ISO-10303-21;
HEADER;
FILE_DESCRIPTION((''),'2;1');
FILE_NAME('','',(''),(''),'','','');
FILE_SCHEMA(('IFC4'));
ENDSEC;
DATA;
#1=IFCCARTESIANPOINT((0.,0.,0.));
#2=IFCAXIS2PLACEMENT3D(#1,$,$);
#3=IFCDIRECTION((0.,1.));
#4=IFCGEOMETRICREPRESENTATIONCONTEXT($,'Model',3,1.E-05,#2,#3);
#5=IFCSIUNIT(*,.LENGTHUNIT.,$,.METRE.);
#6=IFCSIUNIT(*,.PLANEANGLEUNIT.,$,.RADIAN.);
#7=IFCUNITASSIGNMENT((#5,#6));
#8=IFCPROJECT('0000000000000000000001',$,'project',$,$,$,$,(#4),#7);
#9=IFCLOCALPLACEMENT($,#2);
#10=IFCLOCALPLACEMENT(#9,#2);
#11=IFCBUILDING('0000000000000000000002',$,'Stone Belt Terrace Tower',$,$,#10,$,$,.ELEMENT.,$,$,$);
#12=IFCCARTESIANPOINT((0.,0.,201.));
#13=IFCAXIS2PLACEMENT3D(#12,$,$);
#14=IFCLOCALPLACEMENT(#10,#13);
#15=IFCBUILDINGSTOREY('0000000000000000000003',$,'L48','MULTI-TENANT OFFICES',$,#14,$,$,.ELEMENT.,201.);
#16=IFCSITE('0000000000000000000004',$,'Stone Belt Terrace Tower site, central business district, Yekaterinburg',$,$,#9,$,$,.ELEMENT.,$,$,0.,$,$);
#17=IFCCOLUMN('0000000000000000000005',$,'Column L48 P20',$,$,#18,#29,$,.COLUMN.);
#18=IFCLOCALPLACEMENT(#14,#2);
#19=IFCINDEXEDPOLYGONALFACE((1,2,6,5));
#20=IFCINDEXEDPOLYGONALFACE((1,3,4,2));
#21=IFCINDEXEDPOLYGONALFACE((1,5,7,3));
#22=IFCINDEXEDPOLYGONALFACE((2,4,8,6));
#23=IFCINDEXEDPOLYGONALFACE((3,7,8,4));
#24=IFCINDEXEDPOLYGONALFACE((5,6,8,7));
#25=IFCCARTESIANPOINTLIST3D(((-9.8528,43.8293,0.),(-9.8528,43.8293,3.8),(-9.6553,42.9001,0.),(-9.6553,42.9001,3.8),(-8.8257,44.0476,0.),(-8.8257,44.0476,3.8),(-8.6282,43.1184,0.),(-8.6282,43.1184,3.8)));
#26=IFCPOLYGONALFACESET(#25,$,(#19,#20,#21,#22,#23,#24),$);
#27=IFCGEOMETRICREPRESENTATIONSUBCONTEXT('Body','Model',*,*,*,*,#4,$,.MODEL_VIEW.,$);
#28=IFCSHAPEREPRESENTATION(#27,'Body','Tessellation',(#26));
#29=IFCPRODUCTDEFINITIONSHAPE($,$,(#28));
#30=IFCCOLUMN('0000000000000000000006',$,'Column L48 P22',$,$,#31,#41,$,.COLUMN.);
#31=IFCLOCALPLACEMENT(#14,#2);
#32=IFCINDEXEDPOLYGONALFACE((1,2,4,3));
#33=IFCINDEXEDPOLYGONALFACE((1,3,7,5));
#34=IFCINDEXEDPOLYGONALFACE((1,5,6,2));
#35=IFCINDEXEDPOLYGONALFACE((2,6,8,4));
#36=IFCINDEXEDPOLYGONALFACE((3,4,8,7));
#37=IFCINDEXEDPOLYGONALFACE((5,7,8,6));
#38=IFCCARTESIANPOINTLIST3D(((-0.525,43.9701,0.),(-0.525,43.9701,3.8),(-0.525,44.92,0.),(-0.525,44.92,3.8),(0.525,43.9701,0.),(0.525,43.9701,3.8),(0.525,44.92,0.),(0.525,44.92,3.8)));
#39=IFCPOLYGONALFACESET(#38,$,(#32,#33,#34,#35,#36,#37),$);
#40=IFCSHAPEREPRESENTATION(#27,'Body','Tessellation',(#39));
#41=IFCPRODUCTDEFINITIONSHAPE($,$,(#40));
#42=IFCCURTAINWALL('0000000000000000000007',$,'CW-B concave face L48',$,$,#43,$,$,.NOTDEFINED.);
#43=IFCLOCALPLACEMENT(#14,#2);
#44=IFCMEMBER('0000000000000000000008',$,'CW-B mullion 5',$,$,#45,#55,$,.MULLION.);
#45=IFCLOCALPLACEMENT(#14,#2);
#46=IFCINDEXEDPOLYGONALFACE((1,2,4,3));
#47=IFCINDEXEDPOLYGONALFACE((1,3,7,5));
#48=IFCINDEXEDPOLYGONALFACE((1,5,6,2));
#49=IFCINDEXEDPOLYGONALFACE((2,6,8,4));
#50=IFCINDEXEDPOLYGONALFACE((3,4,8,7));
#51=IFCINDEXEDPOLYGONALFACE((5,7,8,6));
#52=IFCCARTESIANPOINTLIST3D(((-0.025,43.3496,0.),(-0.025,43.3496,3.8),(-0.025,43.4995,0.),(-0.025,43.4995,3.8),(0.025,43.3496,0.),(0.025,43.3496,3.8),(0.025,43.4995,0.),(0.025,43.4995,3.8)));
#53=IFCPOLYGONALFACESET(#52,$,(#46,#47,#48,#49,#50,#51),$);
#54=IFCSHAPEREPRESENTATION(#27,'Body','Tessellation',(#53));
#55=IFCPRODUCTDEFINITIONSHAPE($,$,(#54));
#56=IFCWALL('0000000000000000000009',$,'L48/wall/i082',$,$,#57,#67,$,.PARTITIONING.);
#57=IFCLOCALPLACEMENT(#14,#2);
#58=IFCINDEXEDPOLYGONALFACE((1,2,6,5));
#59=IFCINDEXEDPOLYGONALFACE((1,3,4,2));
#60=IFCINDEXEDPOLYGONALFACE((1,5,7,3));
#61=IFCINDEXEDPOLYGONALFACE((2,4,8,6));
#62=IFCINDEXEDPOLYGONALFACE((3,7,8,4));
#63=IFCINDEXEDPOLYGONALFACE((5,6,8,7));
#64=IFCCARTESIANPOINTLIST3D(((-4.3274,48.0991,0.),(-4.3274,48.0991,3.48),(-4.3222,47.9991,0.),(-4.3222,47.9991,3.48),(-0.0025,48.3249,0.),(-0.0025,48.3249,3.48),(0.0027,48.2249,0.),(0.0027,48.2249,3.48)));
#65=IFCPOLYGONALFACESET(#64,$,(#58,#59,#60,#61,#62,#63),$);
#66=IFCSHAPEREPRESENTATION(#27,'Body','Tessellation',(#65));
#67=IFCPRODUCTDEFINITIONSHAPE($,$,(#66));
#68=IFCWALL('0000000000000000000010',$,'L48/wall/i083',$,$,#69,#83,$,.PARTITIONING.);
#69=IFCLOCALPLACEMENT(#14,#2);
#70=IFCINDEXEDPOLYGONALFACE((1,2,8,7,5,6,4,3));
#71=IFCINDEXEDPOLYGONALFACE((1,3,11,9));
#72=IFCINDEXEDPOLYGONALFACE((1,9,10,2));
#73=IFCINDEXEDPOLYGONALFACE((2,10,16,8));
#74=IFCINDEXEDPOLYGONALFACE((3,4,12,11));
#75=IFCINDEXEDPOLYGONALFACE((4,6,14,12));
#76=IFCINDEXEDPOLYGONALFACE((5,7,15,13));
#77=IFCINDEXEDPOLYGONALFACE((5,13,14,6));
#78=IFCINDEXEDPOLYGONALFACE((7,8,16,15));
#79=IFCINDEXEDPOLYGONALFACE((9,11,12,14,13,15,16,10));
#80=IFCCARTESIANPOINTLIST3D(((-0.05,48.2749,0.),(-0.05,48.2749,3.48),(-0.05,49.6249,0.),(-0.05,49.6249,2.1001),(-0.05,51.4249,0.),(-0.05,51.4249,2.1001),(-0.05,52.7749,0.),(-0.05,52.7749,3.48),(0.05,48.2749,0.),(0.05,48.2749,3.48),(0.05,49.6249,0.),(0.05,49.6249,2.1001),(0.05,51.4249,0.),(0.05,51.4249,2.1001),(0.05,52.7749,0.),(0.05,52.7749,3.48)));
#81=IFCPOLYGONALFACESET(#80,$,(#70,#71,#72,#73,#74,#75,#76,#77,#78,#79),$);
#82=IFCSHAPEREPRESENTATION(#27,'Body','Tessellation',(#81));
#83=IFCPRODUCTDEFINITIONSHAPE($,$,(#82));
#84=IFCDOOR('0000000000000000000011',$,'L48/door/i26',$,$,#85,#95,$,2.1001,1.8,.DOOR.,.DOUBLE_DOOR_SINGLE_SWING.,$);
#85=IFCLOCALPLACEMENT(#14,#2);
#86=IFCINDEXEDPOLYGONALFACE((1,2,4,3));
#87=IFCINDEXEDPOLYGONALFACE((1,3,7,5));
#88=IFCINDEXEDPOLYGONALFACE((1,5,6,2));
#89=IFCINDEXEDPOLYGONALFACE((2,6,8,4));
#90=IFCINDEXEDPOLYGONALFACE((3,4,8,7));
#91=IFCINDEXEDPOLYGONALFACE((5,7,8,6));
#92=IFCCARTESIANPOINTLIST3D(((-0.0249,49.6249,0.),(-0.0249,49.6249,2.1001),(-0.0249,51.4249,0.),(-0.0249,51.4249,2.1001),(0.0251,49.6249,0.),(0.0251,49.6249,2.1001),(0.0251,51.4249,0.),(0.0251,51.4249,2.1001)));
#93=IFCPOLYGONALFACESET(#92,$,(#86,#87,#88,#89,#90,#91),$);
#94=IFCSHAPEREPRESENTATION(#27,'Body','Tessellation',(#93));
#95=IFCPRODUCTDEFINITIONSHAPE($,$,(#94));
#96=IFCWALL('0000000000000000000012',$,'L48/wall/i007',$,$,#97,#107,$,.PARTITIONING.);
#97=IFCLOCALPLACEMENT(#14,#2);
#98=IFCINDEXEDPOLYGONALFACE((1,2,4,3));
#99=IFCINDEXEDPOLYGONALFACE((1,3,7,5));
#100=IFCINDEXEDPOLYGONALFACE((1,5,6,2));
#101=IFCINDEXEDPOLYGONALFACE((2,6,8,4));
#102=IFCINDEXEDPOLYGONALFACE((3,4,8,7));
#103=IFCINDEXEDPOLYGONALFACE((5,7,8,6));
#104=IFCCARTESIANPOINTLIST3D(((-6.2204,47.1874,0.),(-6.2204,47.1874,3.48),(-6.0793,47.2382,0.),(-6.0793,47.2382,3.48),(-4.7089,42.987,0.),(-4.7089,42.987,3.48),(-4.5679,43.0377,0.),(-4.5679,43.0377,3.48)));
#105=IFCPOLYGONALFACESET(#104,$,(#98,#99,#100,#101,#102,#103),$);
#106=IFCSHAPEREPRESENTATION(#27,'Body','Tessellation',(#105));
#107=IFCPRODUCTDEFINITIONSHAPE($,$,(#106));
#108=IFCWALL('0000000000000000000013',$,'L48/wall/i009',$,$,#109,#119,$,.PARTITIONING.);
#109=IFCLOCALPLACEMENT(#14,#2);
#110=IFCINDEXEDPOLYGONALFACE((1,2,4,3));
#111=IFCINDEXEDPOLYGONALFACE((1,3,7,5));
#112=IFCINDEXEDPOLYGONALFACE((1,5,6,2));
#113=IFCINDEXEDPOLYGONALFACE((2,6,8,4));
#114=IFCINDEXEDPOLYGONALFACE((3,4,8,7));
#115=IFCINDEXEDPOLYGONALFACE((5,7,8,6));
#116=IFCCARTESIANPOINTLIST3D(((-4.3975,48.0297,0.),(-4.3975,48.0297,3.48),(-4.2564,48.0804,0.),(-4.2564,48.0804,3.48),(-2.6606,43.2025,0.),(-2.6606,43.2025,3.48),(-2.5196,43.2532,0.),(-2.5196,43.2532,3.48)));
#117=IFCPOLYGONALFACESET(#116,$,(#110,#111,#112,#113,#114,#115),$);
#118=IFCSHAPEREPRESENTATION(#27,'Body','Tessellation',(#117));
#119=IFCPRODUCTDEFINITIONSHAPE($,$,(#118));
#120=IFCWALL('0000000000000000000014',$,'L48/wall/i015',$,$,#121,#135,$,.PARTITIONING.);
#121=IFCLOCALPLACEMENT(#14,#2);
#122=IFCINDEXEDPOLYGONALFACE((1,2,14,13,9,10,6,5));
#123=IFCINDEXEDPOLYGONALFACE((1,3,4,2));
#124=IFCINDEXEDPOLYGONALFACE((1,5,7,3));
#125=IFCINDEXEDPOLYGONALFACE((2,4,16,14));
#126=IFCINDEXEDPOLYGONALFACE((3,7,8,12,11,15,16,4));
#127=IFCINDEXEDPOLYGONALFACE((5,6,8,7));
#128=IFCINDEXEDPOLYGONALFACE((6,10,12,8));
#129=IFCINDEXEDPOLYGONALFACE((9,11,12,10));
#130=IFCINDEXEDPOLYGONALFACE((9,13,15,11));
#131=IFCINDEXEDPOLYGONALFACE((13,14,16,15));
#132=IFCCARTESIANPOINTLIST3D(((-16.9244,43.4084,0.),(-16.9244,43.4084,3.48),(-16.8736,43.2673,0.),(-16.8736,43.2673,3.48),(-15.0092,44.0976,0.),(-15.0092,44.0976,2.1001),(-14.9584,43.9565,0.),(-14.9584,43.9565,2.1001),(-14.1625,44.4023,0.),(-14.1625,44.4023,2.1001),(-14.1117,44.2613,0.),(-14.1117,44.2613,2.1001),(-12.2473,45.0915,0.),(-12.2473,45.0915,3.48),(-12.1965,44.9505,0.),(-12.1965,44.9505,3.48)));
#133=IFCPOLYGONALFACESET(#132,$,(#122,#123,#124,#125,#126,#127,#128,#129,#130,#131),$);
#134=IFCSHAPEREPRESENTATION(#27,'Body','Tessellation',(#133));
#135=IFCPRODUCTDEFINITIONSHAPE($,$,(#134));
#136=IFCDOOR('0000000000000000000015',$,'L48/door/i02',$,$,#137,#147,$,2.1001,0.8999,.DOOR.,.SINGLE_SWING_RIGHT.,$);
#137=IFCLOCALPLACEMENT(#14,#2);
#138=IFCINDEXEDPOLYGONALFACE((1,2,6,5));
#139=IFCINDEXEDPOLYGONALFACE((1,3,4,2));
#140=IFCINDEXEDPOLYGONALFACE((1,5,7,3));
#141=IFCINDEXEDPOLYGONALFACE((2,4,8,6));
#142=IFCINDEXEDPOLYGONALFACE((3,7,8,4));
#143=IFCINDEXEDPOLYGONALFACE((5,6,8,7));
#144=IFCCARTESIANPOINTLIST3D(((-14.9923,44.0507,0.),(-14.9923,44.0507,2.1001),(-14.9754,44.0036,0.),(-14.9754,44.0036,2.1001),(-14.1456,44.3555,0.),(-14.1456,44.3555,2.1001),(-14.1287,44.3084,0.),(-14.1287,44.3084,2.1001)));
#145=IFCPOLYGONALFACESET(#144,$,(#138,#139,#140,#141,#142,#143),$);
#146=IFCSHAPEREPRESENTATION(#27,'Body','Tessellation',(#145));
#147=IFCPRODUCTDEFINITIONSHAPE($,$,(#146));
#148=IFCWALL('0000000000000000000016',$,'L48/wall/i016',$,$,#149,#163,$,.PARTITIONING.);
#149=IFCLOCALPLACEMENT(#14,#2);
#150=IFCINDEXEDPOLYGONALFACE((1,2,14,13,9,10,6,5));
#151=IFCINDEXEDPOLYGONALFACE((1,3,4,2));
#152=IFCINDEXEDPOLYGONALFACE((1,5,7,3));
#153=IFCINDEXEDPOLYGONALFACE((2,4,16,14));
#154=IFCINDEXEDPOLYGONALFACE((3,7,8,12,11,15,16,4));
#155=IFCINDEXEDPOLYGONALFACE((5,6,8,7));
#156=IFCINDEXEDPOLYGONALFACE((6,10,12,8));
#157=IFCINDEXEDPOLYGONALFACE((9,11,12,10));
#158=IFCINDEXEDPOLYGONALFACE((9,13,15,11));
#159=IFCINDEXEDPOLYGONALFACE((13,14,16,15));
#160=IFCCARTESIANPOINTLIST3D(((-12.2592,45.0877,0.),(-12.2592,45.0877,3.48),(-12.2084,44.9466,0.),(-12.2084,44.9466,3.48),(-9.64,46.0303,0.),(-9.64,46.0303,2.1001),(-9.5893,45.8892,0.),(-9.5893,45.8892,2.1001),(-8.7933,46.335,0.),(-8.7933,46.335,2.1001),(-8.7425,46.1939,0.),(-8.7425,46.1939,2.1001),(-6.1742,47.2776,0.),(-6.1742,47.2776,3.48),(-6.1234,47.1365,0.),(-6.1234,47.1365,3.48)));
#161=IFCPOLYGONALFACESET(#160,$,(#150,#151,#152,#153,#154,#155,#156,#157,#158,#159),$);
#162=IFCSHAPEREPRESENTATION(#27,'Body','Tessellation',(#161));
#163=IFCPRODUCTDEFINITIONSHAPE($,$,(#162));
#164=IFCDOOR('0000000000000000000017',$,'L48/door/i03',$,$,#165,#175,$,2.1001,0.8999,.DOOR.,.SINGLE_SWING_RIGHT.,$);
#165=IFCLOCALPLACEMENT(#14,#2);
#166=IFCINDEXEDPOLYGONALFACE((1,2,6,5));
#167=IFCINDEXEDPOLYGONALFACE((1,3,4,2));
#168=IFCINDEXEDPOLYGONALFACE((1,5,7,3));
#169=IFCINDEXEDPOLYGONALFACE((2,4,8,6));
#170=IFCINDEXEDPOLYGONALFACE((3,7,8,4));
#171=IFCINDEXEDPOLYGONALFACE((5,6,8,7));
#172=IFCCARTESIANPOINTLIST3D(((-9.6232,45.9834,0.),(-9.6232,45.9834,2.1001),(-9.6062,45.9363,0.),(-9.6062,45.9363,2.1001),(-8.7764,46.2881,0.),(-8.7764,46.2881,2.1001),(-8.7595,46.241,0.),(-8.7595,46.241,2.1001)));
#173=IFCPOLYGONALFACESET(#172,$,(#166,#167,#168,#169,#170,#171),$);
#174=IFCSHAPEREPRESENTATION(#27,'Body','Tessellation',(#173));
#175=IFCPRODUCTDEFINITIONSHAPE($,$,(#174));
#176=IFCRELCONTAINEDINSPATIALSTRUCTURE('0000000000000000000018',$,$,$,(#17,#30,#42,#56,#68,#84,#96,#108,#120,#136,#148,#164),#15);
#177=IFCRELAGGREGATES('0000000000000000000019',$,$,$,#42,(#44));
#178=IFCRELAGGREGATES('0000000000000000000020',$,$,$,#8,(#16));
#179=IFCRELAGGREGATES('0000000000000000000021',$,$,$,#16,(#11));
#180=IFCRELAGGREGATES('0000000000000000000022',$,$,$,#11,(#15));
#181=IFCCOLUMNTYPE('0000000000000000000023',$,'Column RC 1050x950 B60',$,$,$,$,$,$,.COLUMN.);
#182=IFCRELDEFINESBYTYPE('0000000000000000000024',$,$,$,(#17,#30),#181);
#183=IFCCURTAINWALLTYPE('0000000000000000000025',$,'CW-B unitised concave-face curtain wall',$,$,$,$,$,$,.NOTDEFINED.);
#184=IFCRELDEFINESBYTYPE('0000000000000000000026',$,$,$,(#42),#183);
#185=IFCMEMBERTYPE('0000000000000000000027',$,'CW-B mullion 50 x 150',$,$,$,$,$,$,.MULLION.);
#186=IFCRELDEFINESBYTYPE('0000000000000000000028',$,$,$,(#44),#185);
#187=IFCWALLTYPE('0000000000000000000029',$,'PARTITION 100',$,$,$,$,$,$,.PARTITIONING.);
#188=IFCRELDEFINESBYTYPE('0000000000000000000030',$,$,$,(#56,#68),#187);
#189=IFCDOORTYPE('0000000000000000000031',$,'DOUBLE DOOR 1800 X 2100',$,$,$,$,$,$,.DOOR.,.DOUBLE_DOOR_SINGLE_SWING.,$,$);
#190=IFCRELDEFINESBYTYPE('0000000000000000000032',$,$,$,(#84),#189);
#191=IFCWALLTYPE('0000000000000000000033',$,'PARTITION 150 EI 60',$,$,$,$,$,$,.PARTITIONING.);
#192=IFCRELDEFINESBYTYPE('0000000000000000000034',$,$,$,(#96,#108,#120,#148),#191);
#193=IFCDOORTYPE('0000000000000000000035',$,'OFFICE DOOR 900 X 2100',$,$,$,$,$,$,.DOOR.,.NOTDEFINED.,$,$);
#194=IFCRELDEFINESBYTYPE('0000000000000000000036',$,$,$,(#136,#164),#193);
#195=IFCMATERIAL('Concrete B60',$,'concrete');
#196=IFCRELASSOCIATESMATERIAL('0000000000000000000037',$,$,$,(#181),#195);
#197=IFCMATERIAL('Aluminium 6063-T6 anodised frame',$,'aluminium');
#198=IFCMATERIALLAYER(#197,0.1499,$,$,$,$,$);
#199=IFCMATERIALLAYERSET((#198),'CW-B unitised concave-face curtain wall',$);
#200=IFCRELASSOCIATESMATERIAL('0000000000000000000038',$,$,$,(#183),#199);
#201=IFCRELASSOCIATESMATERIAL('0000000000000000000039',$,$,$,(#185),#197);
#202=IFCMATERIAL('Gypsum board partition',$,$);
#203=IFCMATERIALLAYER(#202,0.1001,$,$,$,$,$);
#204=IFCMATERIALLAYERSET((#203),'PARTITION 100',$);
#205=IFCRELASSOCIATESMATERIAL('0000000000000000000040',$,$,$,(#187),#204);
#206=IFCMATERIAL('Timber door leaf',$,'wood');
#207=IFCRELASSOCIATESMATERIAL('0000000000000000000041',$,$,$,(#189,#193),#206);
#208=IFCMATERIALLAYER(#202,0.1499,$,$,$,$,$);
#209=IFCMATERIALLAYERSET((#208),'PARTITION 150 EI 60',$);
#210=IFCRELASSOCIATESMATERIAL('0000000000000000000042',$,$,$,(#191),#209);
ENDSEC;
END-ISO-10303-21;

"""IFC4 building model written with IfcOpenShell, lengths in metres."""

from ifc_helpers import new_model, si_unit, direction, frame, frame_2d, origin, origin_2d, place, context, subcontext, project, spatial, rectangle, extrude, material, layer, layer_set, material_profile, profile_set, type_object, element, fill, aggregate, save


model = new_model("IFC4")

# Units and contexts
model_context = context("Model", 3, precision=1e-05, world=origin(), true_north=direction((0.0, 1.0)))
body_context = subcontext(model_context, "Body", "Model", "MODEL_VIEW")
ifc_project = project(units=[si_unit("LENGTHUNIT", "METRE"), si_unit("PLANEANGLEUNIT", "RADIAN")], contexts=[model_context])

# Site, building, storey
site_placement = place(None, origin())
site = spatial("IfcSite", under=ifc_project, at=site_placement, Name="Stone Belt Terrace Tower site, central business district, Yekaterinburg", CompositionType="ELEMENT", RefElevation=0.0)
building_placement = place(site_placement, origin())
building = spatial("IfcBuilding", under=site, at=building_placement, Name="Stone Belt Terrace Tower", CompositionType="ELEMENT")
storey_placement = place(building_placement, frame((0.0, 0.0, 201.0)))
storey = spatial("IfcBuildingStorey", under=building, at=storey_placement, Name="L48", Description="MULTI-TENANT OFFICES", CompositionType="ELEMENT", Elevation=201.0)

# Columns
ifc_material_1 = material(Name="Concrete B60", Category="concrete")
ifc_material_profile_1 = material_profile(ifc_material_1, rectangle(XDim=1.05, YDim=0.95, at=origin_2d()), Name="RC 1050x950")
ifc_profile_set_1 = profile_set([ifc_material_profile_1], Name="Concrete B60")
column_type = type_object("IfcColumnType", Name="Column RC 1050x950 B60", PredefinedType="COLUMN", material=ifc_profile_set_1)
for number, where, z_axis, x_axis, name in (
    (1, (-9.2405, 43.4739, 0.0), (0.0, 0.0, 1.0), (0.978148, 0.207912, 0.0), "Column L48 P20"),
    (2, (0.0, 44.4451, 0.0), (0.0, 0.0, 1.0), (1.0, 0.0, 0.0), "Column L48 P22"),
):
    element("IfcColumn", number, at=place(storey_placement, frame(where, z_axis=z_axis, x_axis=x_axis)), inside=storey, type_object=column_type, Name=name, PredefinedType="COLUMN", context=body_context, shape_type="SweptSolid", body=[
        extrude(rectangle(XDim=1.05, YDim=0.95, at=origin_2d()), origin(), (0.0, 0.0, 1.0), 3.8),
    ])

# Curtain wall, member
ifc_material_2 = material(Name="Aluminium 6063-T6 anodised frame", Category="aluminium")
ifc_layer_1 = layer(ifc_material_2, 0.1499)
ifc_layer_set_1 = layer_set([ifc_layer_1], Name="CW-B unitised concave-face curtain wall")
curtain_wall_type = type_object("IfcCurtainWallType", Name="CW-B unitised concave-face curtain wall", PredefinedType="NOTDEFINED", material=ifc_layer_set_1)
curtain_wall_placement = place(storey_placement, origin())
curtain_wall = element("IfcCurtainWall", 3, at=curtain_wall_placement, inside=storey, type_object=curtain_wall_type, Name="CW-B concave face L48", PredefinedType="NOTDEFINED")
ifc_material_profile_2 = material_profile(ifc_material_2, rectangle(XDim=0.1499, YDim=0.05, at=origin_2d()), Name="Aluminium 6063-T6 50x150")
ifc_profile_set_2 = profile_set([ifc_material_profile_2], Name="Aluminium 6063-T6 anodised frame")
member_type = type_object("IfcMemberType", Name="CW-B mullion 50 x 150", PredefinedType="MULLION", material=ifc_profile_set_2)
member_placement = place(storey_placement, frame((0.0, 43.4246, 0.0), z_axis=(0.0, 0.0, 1.0), x_axis=(0.0, 1.0, 0.0)))
member = element("IfcMember", 4, at=member_placement, type_object=member_type, Name="CW-B mullion 5", PredefinedType="MULLION", context=body_context, shape_type="SweptSolid", body=[
    extrude(rectangle(XDim=0.1499, YDim=0.05, at=origin_2d()), origin(), (0.0, 0.0, 1.0), 3.8),
])
aggregate(curtain_wall, [member])

# Wall
ifc_material_3 = material(Name="Gypsum board partition")
ifc_layer_2 = layer(ifc_material_3, 0.1001)
ifc_layer_set_2 = layer_set([ifc_layer_2], Name="PARTITION 100")
wall_type_1 = type_object("IfcWallType", Name="PARTITION 100", PredefinedType="PARTITIONING", material=ifc_layer_set_2)
wall_1_placement = place(storey_placement, frame((-4.325, 48.0491, 0.0), z_axis=(0.0, 0.0, 1.0), x_axis=(0.99864, 0.052145, 0.0)))
element("IfcWall", 5, at=wall_1_placement, inside=storey, type_object=wall_type_1, Name="L48/wall/i082", PredefinedType="PARTITIONING", context=body_context, shape_type="SweptSolid", body=[
    extrude(rectangle(XDim=4.3308, YDim=0.1001, at=frame_2d((2.1655, 0.0))), origin(), (0.0, 0.0, 1.0), 3.48),
])

# Wall, opening, door
wall_2_placement = place(storey_placement, frame((0.0, 48.2749, 0.0), z_axis=(0.0, 0.0, 1.0), x_axis=(0.0, 1.0, 0.0)))
wall_2 = element("IfcWall", 6, at=wall_2_placement, inside=storey, type_object=wall_type_1, Name="L48/wall/i083", PredefinedType="PARTITIONING", context=body_context, shape_type="SweptSolid", body=[
    extrude(rectangle(XDim=4.5, YDim=0.1001, at=frame_2d((2.25, 0.0))), origin(), (0.0, 0.0, 1.0), 3.48),
])
opening_1_placement = place(wall_2_placement, frame((1.3501, 0.0, 0.0)))
opening_1 = element("IfcOpeningElement", 7, at=opening_1_placement, cuts=wall_2, PredefinedType="OPENING", context=body_context, shape_type="SweptSolid", body=[
    extrude(rectangle(XDim=1.8, YDim=2.1001, at=frame_2d((0.8999, 1.05))), frame((0.0, 0.0601, 0.0), z_axis=(0.0, -1.0, 0.0), x_axis=(1.0, 0.0, 0.0)), (0.0, 0.0, 1.0), 0.1201),
])
ifc_material_4 = material(Name="Timber door leaf", Category="wood")
door_type_1 = type_object("IfcDoorType", Name="DOUBLE DOOR 1800 X 2100", OperationType="DOUBLE_DOOR_SINGLE_SWING", PredefinedType="DOOR", material=ifc_material_4)
door_1_placement = place(opening_1_placement, origin())
door_1 = element("IfcDoor", 8, at=door_1_placement, inside=storey, type_object=door_type_1, Name="L48/door/i26", OperationType="DOUBLE_DOOR_SINGLE_SWING", OverallHeight=2.1001, OverallWidth=1.8, PredefinedType="DOOR", context=body_context, shape_type="SweptSolid", body=[
    extrude(rectangle(XDim=1.8, YDim=2.1001, at=frame_2d((0.8999, 1.05))), frame((0.0, 0.0249, 0.0), z_axis=(0.0, -1.0, 0.0), x_axis=(1.0, 0.0, 0.0)), (0.0, 0.0, 1.0), 0.05),
])
fill(opening_1, door_1)

# Walls
ifc_layer_3 = layer(ifc_material_3, 0.1499)
ifc_layer_set_3 = layer_set([ifc_layer_3], Name="PARTITION 150 EI 60")
wall_type_2 = type_object("IfcWallType", Name="PARTITION 150 EI 60", PredefinedType="PARTITIONING", material=ifc_layer_set_3)
wall_3_placement = place(storey_placement, frame((-4.6384, 43.0125, 0.0), z_axis=(0.0, 0.0, 1.0), x_axis=(-0.338584, 0.940936, 0.0)))
element("IfcWall", 9, at=wall_3_placement, inside=storey, type_object=wall_type_2, Name="L48/wall/i007", PredefinedType="PARTITIONING", context=body_context, shape_type="SweptSolid", body=[
    extrude(rectangle(XDim=4.4641, YDim=0.1499, at=frame_2d((2.2319, 0.0))), origin(), (0.0, 0.0, 1.0), 3.48),
])
wall_4_placement = place(storey_placement, frame((-4.3269, 48.0549, 0.0), z_axis=(0.0, 0.0, 1.0), x_axis=(0.338554, -0.940947, 0.0)))
element("IfcWall", 10, at=wall_4_placement, inside=storey, type_object=wall_type_2, Name="L48/wall/i009", PredefinedType="PARTITIONING", context=body_context, shape_type="SweptSolid", body=[
    extrude(rectangle(XDim=5.1301, YDim=0.1499, at=frame_2d((2.5649, 0.0))), origin(), (0.0, 0.0, 1.0), 3.48),
])

# Walls, openings, doors
wall_5_placement = place(storey_placement, frame((-12.2219, 45.021, 0.0), z_axis=(0.0, 0.0, 1.0), x_axis=(-0.940927, -0.33861, 0.0)))
wall_5 = element("IfcWall", 11, at=wall_5_placement, inside=storey, type_object=wall_type_2, Name="L48/wall/i015", PredefinedType="PARTITIONING", context=body_context, shape_type="SweptSolid", body=[
    extrude(rectangle(XDim=4.9707, YDim=0.1499, at=frame_2d((2.4854, 0.0))), origin(), (0.0, 0.0, 1.0), 3.48),
])
opening_2_placement = place(wall_5_placement, frame((2.0354, 0.0, 0.0)))
opening_2 = element("IfcOpeningElement", 12, at=opening_2_placement, cuts=wall_5, PredefinedType="OPENING", context=body_context, shape_type="SweptSolid", body=[
    extrude(rectangle(XDim=0.8999, YDim=2.1001, at=frame_2d((0.45, 1.05))), frame((0.0, 0.085, 0.0), z_axis=(0.0, -1.0, 0.0), x_axis=(1.0, 0.0, 0.0)), (0.0, 0.0, 1.0), 0.1699),
])
door_type_2 = type_object("IfcDoorType", Name="OFFICE DOOR 900 X 2100", OperationType="NOTDEFINED", PredefinedType="DOOR", material=ifc_material_4)
door_2_placement = place(opening_2_placement, origin())
door_2 = element("IfcDoor", 13, at=door_2_placement, inside=storey, type_object=door_type_2, Name="L48/door/i02", OperationType="SINGLE_SWING_RIGHT", OverallHeight=2.1001, OverallWidth=0.8999, PredefinedType="DOOR", context=body_context, shape_type="SweptSolid", body=[
    extrude(rectangle(XDim=0.8999, YDim=2.1001, at=frame_2d((0.45, 1.05))), frame((0.0, 0.0249, 0.0), z_axis=(0.0, -1.0, 0.0), x_axis=(1.0, 0.0, 0.0)), (0.0, 0.0, 1.0), 0.05),
])
fill(opening_2, door_2)
wall_6_placement = place(storey_placement, frame((-6.1489, 47.207, 0.0), z_axis=(0.0, 0.0, 1.0), x_axis=(-0.940919, -0.338631, 0.0)))
wall_6 = element("IfcWall", 14, at=wall_6_placement, inside=storey, type_object=wall_type_2, Name="L48/wall/i016", PredefinedType="PARTITIONING", context=body_context, shape_type="SweptSolid", body=[
    extrude(rectangle(XDim=6.467, YDim=0.1499, at=frame_2d((3.2334, 0.0))), origin(), (0.0, 0.0, 1.0), 3.48),
])
opening_3_placement = place(wall_6_placement, frame((2.7834, 0.0, 0.0)))
opening_3 = element("IfcOpeningElement", 15, at=opening_3_placement, cuts=wall_6, PredefinedType="OPENING", context=body_context, shape_type="SweptSolid", body=[
    extrude(rectangle(XDim=0.8999, YDim=2.1001, at=frame_2d((0.45, 1.05))), frame((0.0, 0.085, 0.0), z_axis=(0.0, -1.0, 0.0), x_axis=(1.0, 0.0, 0.0)), (0.0, 0.0, 1.0), 0.1699),
])
door_3_placement = place(opening_3_placement, origin())
door_3 = element("IfcDoor", 16, at=door_3_placement, inside=storey, type_object=door_type_2, Name="L48/door/i03", OperationType="SINGLE_SWING_RIGHT", OverallHeight=2.1001, OverallWidth=0.8999, PredefinedType="DOOR", context=body_context, shape_type="SweptSolid", body=[
    extrude(rectangle(XDim=0.8999, YDim=2.1001, at=frame_2d((0.45, 1.05))), frame((0.0, 0.0249, 0.0), z_axis=(0.0, -1.0, 0.0), x_axis=(1.0, 0.0, 0.0)), (0.0, 0.0, 1.0), 0.05),
])
fill(opening_3, door_3)

save(model, "model.ifc")
